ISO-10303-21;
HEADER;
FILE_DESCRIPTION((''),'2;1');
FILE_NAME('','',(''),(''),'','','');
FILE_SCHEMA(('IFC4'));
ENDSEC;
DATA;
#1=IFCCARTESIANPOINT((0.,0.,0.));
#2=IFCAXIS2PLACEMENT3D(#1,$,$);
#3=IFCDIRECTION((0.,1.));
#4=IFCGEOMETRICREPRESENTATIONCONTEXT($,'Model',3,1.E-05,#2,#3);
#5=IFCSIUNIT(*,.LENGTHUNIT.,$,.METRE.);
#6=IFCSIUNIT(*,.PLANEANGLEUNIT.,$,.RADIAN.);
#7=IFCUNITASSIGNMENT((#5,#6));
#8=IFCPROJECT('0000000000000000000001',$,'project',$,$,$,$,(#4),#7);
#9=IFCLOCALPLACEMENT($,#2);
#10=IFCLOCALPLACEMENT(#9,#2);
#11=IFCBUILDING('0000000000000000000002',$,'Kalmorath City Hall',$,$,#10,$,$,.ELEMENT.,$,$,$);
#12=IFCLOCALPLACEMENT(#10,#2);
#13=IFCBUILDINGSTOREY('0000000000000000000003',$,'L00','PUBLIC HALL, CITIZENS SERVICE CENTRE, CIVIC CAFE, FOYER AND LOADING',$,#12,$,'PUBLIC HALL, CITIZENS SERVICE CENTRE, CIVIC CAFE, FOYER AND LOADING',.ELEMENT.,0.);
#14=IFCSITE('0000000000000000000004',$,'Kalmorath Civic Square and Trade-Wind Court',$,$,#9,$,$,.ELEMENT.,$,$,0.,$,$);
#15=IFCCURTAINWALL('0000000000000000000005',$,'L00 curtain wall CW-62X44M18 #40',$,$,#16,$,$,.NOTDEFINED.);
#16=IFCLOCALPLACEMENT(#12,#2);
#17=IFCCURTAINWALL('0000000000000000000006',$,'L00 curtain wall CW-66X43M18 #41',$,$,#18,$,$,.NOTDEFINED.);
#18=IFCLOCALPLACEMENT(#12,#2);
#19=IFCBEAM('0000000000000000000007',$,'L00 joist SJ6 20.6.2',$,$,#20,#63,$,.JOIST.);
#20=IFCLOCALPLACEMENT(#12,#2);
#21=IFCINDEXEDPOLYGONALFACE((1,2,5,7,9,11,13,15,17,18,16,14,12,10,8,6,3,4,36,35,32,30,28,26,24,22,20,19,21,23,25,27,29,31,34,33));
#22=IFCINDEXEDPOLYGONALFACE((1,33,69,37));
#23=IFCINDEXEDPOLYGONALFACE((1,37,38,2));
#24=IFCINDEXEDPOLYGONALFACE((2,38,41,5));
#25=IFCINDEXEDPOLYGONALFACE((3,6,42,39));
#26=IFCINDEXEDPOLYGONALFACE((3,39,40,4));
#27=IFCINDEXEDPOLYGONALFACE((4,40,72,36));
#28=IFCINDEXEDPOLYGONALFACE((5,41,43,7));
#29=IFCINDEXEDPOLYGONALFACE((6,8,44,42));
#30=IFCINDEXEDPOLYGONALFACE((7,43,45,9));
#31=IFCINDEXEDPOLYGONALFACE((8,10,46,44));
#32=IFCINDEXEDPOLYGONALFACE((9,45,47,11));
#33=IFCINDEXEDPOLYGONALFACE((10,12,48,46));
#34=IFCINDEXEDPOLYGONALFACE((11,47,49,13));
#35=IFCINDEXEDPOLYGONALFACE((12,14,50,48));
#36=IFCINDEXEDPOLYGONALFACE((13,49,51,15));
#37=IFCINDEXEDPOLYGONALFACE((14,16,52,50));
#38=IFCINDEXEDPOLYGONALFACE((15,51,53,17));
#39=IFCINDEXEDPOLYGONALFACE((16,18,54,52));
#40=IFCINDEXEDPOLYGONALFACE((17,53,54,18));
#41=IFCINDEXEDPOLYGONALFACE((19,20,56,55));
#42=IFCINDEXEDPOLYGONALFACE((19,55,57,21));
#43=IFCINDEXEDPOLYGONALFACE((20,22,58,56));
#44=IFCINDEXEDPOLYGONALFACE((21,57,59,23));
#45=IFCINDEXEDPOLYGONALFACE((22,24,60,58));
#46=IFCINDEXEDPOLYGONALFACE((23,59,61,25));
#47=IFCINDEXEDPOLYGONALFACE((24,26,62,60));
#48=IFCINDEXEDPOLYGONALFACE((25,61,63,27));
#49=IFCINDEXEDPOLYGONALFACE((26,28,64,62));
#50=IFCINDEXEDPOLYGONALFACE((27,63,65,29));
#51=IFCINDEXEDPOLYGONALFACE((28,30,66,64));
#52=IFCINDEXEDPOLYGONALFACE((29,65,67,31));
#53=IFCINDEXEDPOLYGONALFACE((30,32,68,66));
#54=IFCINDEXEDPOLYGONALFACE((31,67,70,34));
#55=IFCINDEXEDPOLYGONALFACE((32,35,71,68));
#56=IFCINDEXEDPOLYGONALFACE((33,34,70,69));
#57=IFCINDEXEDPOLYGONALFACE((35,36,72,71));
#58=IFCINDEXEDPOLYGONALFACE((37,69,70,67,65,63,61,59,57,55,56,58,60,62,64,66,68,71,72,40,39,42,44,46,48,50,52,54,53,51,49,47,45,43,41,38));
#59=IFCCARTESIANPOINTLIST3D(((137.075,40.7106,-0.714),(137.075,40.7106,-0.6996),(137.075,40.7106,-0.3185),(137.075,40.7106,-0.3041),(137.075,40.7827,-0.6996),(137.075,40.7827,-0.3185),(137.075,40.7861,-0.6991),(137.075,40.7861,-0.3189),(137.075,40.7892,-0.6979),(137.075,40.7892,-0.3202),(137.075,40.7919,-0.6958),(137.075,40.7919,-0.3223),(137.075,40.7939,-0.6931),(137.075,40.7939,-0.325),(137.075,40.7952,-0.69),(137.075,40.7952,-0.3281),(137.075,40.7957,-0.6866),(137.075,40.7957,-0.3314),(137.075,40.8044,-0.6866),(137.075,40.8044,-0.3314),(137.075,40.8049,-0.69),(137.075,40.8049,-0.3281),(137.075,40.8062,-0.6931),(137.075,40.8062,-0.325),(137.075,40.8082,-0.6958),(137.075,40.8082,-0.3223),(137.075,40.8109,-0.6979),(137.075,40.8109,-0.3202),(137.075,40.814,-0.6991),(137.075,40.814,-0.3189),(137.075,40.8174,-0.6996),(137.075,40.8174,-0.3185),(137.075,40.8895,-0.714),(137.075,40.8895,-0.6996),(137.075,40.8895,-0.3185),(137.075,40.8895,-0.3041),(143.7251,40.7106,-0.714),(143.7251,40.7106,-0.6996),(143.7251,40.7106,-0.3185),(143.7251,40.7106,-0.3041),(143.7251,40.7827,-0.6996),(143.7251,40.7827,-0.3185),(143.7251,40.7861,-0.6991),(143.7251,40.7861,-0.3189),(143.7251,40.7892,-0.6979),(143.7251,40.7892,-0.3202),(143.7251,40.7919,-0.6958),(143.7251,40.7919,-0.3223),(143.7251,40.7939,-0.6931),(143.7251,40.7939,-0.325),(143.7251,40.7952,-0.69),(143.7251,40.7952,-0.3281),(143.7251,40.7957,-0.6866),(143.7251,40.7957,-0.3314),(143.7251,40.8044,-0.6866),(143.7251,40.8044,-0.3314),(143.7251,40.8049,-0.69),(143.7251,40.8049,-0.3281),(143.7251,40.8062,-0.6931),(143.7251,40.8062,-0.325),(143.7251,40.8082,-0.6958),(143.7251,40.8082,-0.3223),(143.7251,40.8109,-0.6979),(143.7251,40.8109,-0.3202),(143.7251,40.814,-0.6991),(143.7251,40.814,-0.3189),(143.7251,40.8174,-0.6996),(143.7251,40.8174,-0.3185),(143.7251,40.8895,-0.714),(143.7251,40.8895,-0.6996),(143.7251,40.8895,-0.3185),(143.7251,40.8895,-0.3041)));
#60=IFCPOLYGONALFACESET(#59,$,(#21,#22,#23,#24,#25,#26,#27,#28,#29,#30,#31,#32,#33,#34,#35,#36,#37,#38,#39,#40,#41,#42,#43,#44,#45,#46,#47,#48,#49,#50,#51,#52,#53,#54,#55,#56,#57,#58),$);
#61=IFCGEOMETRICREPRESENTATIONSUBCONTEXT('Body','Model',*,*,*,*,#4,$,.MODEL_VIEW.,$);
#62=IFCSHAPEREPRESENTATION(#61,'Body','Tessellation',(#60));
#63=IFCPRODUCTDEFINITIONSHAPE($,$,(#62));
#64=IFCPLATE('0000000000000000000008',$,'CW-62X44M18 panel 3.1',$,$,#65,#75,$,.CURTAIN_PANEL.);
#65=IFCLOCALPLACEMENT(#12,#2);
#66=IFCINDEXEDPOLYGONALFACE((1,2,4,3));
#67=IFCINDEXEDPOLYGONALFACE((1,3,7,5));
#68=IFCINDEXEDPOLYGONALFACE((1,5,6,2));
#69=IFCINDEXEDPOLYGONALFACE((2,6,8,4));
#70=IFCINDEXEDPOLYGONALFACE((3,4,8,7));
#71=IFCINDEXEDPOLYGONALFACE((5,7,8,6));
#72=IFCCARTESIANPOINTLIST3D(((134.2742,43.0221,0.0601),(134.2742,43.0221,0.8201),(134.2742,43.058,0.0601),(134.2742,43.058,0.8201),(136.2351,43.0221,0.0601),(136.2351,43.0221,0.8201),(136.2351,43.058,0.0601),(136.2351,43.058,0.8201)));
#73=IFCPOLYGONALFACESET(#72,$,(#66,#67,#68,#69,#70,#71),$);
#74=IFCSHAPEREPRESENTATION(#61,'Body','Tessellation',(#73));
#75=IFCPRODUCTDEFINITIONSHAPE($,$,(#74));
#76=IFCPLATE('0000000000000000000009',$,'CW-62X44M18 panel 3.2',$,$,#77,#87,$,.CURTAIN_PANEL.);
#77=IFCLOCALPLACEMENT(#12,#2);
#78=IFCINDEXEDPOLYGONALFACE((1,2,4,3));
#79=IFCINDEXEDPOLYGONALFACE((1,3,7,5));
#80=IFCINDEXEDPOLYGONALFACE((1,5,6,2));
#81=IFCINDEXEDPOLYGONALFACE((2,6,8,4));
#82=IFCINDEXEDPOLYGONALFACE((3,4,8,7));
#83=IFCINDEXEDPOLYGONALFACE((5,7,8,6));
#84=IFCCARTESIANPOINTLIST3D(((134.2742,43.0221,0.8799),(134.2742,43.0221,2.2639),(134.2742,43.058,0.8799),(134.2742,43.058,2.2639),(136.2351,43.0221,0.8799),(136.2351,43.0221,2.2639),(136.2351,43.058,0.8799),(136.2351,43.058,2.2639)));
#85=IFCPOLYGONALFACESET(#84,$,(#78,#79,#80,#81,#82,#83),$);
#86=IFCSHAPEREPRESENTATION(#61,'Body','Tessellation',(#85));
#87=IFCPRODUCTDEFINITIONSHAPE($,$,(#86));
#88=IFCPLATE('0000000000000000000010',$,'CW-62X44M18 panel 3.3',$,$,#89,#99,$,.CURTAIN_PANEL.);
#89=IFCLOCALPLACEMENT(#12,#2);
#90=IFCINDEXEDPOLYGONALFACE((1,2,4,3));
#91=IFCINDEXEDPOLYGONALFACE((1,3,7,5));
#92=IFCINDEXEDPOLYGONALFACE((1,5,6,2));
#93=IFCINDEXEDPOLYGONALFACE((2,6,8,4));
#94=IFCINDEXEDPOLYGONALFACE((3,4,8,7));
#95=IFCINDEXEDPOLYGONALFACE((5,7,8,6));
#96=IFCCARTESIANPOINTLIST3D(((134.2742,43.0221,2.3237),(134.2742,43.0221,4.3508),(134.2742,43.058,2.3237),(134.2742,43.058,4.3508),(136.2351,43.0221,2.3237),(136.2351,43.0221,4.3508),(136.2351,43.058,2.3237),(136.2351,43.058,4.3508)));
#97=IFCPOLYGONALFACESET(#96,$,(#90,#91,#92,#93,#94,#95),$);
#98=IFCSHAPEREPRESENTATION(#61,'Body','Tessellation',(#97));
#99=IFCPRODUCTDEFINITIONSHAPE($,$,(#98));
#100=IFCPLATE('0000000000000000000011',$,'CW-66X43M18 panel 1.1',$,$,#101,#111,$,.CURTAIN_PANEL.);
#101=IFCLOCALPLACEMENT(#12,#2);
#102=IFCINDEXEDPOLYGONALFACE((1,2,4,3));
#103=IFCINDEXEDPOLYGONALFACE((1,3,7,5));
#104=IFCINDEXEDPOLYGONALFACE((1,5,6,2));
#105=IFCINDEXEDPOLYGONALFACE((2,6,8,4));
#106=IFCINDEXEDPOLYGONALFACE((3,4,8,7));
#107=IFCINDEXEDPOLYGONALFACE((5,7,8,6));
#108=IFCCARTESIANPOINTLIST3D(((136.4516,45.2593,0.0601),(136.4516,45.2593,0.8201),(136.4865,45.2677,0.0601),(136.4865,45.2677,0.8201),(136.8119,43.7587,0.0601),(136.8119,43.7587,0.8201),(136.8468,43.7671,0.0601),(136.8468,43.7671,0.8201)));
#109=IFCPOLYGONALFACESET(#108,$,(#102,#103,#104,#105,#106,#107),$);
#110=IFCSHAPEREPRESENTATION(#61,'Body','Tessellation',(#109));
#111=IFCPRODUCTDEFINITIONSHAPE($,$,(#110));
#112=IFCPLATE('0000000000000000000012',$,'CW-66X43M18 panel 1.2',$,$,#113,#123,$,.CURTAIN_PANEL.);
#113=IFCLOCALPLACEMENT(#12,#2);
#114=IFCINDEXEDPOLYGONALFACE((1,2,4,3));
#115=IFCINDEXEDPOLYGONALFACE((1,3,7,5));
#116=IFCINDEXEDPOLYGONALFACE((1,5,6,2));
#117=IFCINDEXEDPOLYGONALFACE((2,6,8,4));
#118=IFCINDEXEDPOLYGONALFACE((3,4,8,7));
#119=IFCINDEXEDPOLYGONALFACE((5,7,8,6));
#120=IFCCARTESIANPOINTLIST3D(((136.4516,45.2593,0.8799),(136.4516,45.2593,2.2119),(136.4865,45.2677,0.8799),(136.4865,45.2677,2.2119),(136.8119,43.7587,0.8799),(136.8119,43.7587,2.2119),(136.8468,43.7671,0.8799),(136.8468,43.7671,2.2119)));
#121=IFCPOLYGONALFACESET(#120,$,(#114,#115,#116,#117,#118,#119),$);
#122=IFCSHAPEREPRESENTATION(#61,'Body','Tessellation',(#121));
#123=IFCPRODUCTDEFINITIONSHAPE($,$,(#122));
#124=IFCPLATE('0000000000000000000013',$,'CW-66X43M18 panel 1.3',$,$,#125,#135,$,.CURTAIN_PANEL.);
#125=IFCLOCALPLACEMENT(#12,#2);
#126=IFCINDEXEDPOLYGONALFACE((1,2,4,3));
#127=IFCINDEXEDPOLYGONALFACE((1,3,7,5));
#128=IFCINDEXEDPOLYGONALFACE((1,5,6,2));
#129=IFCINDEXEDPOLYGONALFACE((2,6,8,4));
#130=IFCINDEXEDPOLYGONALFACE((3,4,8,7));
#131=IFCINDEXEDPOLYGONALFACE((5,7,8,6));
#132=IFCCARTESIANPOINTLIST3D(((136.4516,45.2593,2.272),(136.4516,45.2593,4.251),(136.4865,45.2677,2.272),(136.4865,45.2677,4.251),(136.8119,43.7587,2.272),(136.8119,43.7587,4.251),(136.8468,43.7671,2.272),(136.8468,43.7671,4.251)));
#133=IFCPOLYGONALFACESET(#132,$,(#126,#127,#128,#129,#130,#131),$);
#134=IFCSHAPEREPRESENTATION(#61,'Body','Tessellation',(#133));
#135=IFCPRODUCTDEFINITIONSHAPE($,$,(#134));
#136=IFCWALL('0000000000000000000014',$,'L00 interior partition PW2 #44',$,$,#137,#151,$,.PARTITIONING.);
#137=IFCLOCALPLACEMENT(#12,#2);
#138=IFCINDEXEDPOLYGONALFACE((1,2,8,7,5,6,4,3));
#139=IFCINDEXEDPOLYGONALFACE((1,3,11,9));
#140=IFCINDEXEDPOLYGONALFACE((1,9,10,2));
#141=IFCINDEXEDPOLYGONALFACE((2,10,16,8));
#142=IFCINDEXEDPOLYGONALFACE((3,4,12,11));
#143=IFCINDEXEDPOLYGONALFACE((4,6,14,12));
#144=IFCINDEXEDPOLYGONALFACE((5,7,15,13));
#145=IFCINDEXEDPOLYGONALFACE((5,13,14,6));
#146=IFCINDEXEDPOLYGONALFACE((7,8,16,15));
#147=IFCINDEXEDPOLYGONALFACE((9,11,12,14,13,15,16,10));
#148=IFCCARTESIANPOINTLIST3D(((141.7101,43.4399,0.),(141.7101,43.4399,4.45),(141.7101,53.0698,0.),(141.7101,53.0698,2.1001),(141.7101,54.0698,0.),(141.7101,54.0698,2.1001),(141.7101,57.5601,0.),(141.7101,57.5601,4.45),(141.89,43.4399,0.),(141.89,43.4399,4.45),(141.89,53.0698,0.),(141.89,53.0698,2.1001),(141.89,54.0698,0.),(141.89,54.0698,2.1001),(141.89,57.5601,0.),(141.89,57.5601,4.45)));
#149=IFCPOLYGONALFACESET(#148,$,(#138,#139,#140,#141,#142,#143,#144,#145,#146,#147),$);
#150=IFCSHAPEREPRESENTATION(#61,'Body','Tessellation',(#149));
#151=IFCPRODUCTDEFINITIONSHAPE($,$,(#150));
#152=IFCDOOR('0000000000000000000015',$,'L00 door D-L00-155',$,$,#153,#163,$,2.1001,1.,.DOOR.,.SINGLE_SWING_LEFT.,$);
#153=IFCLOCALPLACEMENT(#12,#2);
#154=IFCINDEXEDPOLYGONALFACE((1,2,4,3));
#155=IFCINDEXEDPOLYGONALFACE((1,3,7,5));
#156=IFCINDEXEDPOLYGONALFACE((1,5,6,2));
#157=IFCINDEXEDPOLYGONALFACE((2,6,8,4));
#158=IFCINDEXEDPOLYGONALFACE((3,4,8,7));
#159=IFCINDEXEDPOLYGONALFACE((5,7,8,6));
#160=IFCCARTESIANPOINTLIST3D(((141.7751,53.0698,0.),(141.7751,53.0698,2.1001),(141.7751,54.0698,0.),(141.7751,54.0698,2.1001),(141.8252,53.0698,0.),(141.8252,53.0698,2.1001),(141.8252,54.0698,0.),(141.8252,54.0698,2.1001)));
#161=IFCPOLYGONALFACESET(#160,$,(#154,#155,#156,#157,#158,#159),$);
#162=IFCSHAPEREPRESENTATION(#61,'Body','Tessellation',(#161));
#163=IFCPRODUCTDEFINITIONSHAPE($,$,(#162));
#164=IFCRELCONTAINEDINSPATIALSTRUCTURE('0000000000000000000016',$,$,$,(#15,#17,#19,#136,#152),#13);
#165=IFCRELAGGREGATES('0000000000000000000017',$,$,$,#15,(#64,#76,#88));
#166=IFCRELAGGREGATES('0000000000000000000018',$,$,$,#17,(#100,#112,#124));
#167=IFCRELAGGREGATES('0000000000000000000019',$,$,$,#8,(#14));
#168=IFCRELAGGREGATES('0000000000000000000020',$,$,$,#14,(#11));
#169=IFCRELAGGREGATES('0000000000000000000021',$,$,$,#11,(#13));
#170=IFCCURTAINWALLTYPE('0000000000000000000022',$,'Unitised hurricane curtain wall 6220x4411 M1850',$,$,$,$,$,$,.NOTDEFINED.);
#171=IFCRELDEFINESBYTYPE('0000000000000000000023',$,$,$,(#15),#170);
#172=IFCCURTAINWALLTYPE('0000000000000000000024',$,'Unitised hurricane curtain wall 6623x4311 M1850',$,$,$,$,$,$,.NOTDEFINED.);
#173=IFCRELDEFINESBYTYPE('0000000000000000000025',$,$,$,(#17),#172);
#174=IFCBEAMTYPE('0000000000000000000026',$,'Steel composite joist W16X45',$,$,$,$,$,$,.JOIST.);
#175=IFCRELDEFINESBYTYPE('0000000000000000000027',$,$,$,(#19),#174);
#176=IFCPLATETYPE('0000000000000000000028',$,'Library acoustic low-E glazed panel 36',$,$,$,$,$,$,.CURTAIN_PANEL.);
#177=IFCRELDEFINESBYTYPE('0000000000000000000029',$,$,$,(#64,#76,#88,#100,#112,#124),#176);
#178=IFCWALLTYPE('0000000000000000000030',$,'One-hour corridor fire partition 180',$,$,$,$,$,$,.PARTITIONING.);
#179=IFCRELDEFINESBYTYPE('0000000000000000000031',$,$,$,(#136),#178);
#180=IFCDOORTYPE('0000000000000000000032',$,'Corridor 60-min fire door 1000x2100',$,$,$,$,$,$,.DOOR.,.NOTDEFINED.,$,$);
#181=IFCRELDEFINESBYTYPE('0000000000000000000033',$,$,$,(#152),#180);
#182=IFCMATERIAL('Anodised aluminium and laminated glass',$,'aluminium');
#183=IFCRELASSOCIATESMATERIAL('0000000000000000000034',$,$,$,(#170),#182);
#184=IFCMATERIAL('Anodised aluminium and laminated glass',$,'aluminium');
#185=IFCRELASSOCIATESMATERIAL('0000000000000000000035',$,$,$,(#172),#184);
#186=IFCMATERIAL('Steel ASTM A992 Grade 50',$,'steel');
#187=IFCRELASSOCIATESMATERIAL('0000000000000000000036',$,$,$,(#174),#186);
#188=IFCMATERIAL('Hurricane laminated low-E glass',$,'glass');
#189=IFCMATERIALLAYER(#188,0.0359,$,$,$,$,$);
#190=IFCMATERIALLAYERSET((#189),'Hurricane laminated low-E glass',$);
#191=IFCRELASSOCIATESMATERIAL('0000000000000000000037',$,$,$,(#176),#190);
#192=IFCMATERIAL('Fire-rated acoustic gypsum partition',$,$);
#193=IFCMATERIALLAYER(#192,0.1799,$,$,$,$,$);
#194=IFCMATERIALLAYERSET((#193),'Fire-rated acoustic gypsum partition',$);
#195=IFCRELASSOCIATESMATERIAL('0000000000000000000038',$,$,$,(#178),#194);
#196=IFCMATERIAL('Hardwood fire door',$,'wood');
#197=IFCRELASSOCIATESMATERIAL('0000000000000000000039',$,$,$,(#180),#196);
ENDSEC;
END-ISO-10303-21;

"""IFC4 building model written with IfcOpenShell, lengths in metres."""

from ifc_helpers import new_model, si_unit, direction, frame, frame_2d, origin, origin_2d, place, context, subcontext, project, spatial, rectangle, i_section, extrude, material, layer, layer_set, material_profile, profile_set, type_object, element, fill, aggregate, save


model = new_model("IFC4")

# Units and contexts
model_context = context("Model", 3, precision=1e-05, world=origin(), true_north=direction((0.0, 1.0)))
body_context = subcontext(model_context, "Body", "Model", "MODEL_VIEW")
ifc_project = project(units=[si_unit("LENGTHUNIT", "METRE"), si_unit("PLANEANGLEUNIT", "RADIAN")], contexts=[model_context])

# Site, building, storey
site_placement = place(None, origin())
site = spatial("IfcSite", under=ifc_project, at=site_placement, Name="Kalmorath Civic Square and Trade-Wind Court", CompositionType="ELEMENT", RefElevation=0.0)
building_placement = place(site_placement, origin())
building = spatial("IfcBuilding", under=site, at=building_placement, Name="Kalmorath City Hall", CompositionType="ELEMENT")
storey_placement = place(building_placement, origin())
storey = spatial("IfcBuildingStorey", under=building, at=storey_placement, Name="L00", Description="PUBLIC HALL, CITIZENS SERVICE CENTRE, CIVIC CAFE, FOYER AND LOADING", LongName="PUBLIC HALL, CITIZENS SERVICE CENTRE, CIVIC CAFE, FOYER AND LOADING", CompositionType="ELEMENT", Elevation=0.0)

# Curtain walls
ifc_material_1 = material(Name="Anodised aluminium and laminated glass", Category="aluminium")
curtain_wall_type_1 = type_object("IfcCurtainWallType", Name="Unitised hurricane curtain wall 6220x4411 M1850", PredefinedType="NOTDEFINED", material=ifc_material_1)
curtain_wall_1_placement = place(storey_placement, origin())
curtain_wall_1 = element("IfcCurtainWall", 1, at=curtain_wall_1_placement, inside=storey, type_object=curtain_wall_type_1, Name="L00 curtain wall CW-62X44M18 #40", PredefinedType="NOTDEFINED")
ifc_material_2 = material(Name="Anodised aluminium and laminated glass", Category="aluminium")
curtain_wall_type_2 = type_object("IfcCurtainWallType", Name="Unitised hurricane curtain wall 6623x4311 M1850", PredefinedType="NOTDEFINED", material=ifc_material_2)
curtain_wall_2_placement = place(storey_placement, origin())
curtain_wall_2 = element("IfcCurtainWall", 2, at=curtain_wall_2_placement, inside=storey, type_object=curtain_wall_type_2, Name="L00 curtain wall CW-66X43M18 #41", PredefinedType="NOTDEFINED")

# Beam
ifc_material_3 = material(Name="Steel ASTM A992 Grade 50", Category="steel")
ifc_material_profile_1 = material_profile(ifc_material_3, i_section(OverallWidth=0.179, OverallDepth=0.4099, WebThickness=0.0088, FlangeThickness=0.0144, FilletRadius=0.0129, at=origin_2d()), Name="W16X45")
ifc_profile_set_1 = profile_set([ifc_material_profile_1], Name="Steel ASTM A992 Grade 50")
beam_type_1 = type_object("IfcBeamType", Name="Steel composite joist W16X45", PredefinedType="JOIST", material=ifc_profile_set_1)
beam_1_placement = place(storey_placement, frame((137.075, 40.8, -0.509), z_axis=(1.0, 0.0, 0.0), x_axis=(0.0, 1.0, 0.0)))
element("IfcBeam", 3, at=beam_1_placement, inside=storey, type_object=beam_type_1, Name="L00 joist SJ6 20.6.2", PredefinedType="JOIST", context=body_context, shape_type="SweptSolid", body=[
    extrude(i_section(OverallWidth=0.179, OverallDepth=0.4099, WebThickness=0.0088, FlangeThickness=0.0144, FilletRadius=0.0129, at=origin_2d()), origin(), (0.0, 0.0, 1.0), 6.6501),
])

# Plates
ifc_material_4 = material(Name="Hurricane laminated low-E glass", Category="glass")
ifc_layer_1 = layer(ifc_material_4, 0.0359)
ifc_layer_set_1 = layer_set([ifc_layer_1], Name="Hurricane laminated low-E glass")
plate_type = type_object("IfcPlateType", Name="Library acoustic low-E glazed panel 36", PredefinedType="CURTAIN_PANEL", material=ifc_layer_set_1)
plate_1_placement = place(storey_placement, frame((135.2546, 43.04, 0.0601), z_axis=(0.0, 0.0, 1.0), x_axis=(1.0, 0.0, 0.0)))
plate_1 = element("IfcPlate", 4, at=plate_1_placement, type_object=plate_type, Name="CW-62X44M18 panel 3.1", PredefinedType="CURTAIN_PANEL", context=body_context, shape_type="SweptSolid", body=[
    extrude(rectangle(XDim=1.9609, YDim=0.0359, at=origin_2d()), origin(), (0.0, 0.0, 1.0), 0.76),
])
plate_2_placement = place(storey_placement, frame((135.2546, 43.04, 0.8799), z_axis=(0.0, 0.0, 1.0), x_axis=(1.0, 0.0, 0.0)))
plate_2 = element("IfcPlate", 5, at=plate_2_placement, type_object=plate_type, Name="CW-62X44M18 panel 3.2", PredefinedType="CURTAIN_PANEL", context=body_context, shape_type="SweptSolid", body=[
    extrude(rectangle(XDim=1.9609, YDim=0.0359, at=origin_2d()), origin(), (0.0, 0.0, 1.0), 1.384),
])
plate_3_placement = place(storey_placement, frame((135.2546, 43.04, 2.3237), z_axis=(0.0, 0.0, 1.0), x_axis=(1.0, 0.0, 0.0)))
plate_3 = element("IfcPlate", 6, at=plate_3_placement, type_object=plate_type, Name="CW-62X44M18 panel 3.3", PredefinedType="CURTAIN_PANEL", context=body_context, shape_type="SweptSolid", body=[
    extrude(rectangle(XDim=1.9609, YDim=0.0359, at=origin_2d()), origin(), (0.0, 0.0, 1.0), 2.0271),
])
aggregate(curtain_wall_1, [plate_1, plate_2, plate_3])
plate_4_placement = place(storey_placement, frame((136.6492, 44.5132, 0.0601), z_axis=(0.0, 0.0, 1.0), x_axis=(-0.233459, 0.972367, 0.0)))
plate_4 = element("IfcPlate", 7, at=plate_4_placement, type_object=plate_type, Name="CW-66X43M18 panel 1.1", PredefinedType="CURTAIN_PANEL", context=body_context, shape_type="SweptSolid", body=[
    extrude(rectangle(XDim=1.5432, YDim=0.0359, at=origin_2d()), origin(), (0.0, 0.0, 1.0), 0.76),
])
plate_5_placement = place(storey_placement, frame((136.6492, 44.5132, 0.8799), z_axis=(0.0, 0.0, 1.0), x_axis=(-0.233459, 0.972367, 0.0)))
plate_5 = element("IfcPlate", 8, at=plate_5_placement, type_object=plate_type, Name="CW-66X43M18 panel 1.2", PredefinedType="CURTAIN_PANEL", context=body_context, shape_type="SweptSolid", body=[
    extrude(rectangle(XDim=1.5432, YDim=0.0359, at=origin_2d()), origin(), (0.0, 0.0, 1.0), 1.332),
])
plate_6_placement = place(storey_placement, frame((136.6492, 44.5132, 2.272), z_axis=(0.0, 0.0, 1.0), x_axis=(-0.233459, 0.972367, 0.0)))
plate_6 = element("IfcPlate", 9, at=plate_6_placement, type_object=plate_type, Name="CW-66X43M18 panel 1.3", PredefinedType="CURTAIN_PANEL", context=body_context, shape_type="SweptSolid", body=[
    extrude(rectangle(XDim=1.5432, YDim=0.0359, at=origin_2d()), origin(), (0.0, 0.0, 1.0), 1.979),
])
aggregate(curtain_wall_2, [plate_4, plate_5, plate_6])

# Wall, opening, door
ifc_material_5 = material(Name="Fire-rated acoustic gypsum partition")
ifc_layer_2 = layer(ifc_material_5, 0.1799)
ifc_layer_set_2 = layer_set([ifc_layer_2], Name="Fire-rated acoustic gypsum partition")
wall_type = type_object("IfcWallType", Name="One-hour corridor fire partition 180", PredefinedType="PARTITIONING", material=ifc_layer_set_2)
wall_placement = place(storey_placement, frame((141.8, 43.4399, 0.0), z_axis=(0.0, 0.0, 1.0), x_axis=(0.0, 1.0, 0.0)))
wall = element("IfcWall", 10, at=wall_placement, inside=storey, type_object=wall_type, Name="L00 interior partition PW2 #44", PredefinedType="PARTITIONING", context=body_context, shape_type="SweptSolid", body=[
    extrude(rectangle(XDim=14.1201, YDim=0.1799, at=frame_2d((7.0601, 0.0))), origin(), (0.0, 0.0, 1.0), 4.45),
])
opening_placement = place(wall_placement, frame((9.6299, 0.0, 0.0)))
opening = element("IfcOpeningElement", 11, at=opening_placement, cuts=wall, PredefinedType="OPENING", context=body_context, shape_type="SweptSolid", body=[
    extrude(rectangle(XDim=1.0, YDim=2.1001, at=frame_2d((0.5, 1.05))), frame((0.0, 0.0999, 0.0), z_axis=(0.0, -1.0, 0.0), x_axis=(1.0, 0.0, 0.0)), (0.0, 0.0, 1.0), 0.2),
])
ifc_material_6 = material(Name="Hardwood fire door", Category="wood")
door_type = type_object("IfcDoorType", Name="Corridor 60-min fire door 1000x2100", OperationType="NOTDEFINED", PredefinedType="DOOR", material=ifc_material_6)
door_placement = place(opening_placement, origin())
door = element("IfcDoor", 12, at=door_placement, inside=storey, type_object=door_type, Name="L00 door D-L00-155", OperationType="SINGLE_SWING_LEFT", OverallHeight=2.1001, OverallWidth=1.0, PredefinedType="DOOR", context=body_context, shape_type="SweptSolid", body=[
    extrude(rectangle(XDim=1.0, YDim=2.1001, at=frame_2d((0.5, 1.05))), frame((0.0, 0.0249, 0.0), z_axis=(0.0, -1.0, 0.0), x_axis=(1.0, 0.0, 0.0)), (0.0, 0.0, 1.0), 0.05),
])
fill(opening, door)

save(model, "model.ifc")
